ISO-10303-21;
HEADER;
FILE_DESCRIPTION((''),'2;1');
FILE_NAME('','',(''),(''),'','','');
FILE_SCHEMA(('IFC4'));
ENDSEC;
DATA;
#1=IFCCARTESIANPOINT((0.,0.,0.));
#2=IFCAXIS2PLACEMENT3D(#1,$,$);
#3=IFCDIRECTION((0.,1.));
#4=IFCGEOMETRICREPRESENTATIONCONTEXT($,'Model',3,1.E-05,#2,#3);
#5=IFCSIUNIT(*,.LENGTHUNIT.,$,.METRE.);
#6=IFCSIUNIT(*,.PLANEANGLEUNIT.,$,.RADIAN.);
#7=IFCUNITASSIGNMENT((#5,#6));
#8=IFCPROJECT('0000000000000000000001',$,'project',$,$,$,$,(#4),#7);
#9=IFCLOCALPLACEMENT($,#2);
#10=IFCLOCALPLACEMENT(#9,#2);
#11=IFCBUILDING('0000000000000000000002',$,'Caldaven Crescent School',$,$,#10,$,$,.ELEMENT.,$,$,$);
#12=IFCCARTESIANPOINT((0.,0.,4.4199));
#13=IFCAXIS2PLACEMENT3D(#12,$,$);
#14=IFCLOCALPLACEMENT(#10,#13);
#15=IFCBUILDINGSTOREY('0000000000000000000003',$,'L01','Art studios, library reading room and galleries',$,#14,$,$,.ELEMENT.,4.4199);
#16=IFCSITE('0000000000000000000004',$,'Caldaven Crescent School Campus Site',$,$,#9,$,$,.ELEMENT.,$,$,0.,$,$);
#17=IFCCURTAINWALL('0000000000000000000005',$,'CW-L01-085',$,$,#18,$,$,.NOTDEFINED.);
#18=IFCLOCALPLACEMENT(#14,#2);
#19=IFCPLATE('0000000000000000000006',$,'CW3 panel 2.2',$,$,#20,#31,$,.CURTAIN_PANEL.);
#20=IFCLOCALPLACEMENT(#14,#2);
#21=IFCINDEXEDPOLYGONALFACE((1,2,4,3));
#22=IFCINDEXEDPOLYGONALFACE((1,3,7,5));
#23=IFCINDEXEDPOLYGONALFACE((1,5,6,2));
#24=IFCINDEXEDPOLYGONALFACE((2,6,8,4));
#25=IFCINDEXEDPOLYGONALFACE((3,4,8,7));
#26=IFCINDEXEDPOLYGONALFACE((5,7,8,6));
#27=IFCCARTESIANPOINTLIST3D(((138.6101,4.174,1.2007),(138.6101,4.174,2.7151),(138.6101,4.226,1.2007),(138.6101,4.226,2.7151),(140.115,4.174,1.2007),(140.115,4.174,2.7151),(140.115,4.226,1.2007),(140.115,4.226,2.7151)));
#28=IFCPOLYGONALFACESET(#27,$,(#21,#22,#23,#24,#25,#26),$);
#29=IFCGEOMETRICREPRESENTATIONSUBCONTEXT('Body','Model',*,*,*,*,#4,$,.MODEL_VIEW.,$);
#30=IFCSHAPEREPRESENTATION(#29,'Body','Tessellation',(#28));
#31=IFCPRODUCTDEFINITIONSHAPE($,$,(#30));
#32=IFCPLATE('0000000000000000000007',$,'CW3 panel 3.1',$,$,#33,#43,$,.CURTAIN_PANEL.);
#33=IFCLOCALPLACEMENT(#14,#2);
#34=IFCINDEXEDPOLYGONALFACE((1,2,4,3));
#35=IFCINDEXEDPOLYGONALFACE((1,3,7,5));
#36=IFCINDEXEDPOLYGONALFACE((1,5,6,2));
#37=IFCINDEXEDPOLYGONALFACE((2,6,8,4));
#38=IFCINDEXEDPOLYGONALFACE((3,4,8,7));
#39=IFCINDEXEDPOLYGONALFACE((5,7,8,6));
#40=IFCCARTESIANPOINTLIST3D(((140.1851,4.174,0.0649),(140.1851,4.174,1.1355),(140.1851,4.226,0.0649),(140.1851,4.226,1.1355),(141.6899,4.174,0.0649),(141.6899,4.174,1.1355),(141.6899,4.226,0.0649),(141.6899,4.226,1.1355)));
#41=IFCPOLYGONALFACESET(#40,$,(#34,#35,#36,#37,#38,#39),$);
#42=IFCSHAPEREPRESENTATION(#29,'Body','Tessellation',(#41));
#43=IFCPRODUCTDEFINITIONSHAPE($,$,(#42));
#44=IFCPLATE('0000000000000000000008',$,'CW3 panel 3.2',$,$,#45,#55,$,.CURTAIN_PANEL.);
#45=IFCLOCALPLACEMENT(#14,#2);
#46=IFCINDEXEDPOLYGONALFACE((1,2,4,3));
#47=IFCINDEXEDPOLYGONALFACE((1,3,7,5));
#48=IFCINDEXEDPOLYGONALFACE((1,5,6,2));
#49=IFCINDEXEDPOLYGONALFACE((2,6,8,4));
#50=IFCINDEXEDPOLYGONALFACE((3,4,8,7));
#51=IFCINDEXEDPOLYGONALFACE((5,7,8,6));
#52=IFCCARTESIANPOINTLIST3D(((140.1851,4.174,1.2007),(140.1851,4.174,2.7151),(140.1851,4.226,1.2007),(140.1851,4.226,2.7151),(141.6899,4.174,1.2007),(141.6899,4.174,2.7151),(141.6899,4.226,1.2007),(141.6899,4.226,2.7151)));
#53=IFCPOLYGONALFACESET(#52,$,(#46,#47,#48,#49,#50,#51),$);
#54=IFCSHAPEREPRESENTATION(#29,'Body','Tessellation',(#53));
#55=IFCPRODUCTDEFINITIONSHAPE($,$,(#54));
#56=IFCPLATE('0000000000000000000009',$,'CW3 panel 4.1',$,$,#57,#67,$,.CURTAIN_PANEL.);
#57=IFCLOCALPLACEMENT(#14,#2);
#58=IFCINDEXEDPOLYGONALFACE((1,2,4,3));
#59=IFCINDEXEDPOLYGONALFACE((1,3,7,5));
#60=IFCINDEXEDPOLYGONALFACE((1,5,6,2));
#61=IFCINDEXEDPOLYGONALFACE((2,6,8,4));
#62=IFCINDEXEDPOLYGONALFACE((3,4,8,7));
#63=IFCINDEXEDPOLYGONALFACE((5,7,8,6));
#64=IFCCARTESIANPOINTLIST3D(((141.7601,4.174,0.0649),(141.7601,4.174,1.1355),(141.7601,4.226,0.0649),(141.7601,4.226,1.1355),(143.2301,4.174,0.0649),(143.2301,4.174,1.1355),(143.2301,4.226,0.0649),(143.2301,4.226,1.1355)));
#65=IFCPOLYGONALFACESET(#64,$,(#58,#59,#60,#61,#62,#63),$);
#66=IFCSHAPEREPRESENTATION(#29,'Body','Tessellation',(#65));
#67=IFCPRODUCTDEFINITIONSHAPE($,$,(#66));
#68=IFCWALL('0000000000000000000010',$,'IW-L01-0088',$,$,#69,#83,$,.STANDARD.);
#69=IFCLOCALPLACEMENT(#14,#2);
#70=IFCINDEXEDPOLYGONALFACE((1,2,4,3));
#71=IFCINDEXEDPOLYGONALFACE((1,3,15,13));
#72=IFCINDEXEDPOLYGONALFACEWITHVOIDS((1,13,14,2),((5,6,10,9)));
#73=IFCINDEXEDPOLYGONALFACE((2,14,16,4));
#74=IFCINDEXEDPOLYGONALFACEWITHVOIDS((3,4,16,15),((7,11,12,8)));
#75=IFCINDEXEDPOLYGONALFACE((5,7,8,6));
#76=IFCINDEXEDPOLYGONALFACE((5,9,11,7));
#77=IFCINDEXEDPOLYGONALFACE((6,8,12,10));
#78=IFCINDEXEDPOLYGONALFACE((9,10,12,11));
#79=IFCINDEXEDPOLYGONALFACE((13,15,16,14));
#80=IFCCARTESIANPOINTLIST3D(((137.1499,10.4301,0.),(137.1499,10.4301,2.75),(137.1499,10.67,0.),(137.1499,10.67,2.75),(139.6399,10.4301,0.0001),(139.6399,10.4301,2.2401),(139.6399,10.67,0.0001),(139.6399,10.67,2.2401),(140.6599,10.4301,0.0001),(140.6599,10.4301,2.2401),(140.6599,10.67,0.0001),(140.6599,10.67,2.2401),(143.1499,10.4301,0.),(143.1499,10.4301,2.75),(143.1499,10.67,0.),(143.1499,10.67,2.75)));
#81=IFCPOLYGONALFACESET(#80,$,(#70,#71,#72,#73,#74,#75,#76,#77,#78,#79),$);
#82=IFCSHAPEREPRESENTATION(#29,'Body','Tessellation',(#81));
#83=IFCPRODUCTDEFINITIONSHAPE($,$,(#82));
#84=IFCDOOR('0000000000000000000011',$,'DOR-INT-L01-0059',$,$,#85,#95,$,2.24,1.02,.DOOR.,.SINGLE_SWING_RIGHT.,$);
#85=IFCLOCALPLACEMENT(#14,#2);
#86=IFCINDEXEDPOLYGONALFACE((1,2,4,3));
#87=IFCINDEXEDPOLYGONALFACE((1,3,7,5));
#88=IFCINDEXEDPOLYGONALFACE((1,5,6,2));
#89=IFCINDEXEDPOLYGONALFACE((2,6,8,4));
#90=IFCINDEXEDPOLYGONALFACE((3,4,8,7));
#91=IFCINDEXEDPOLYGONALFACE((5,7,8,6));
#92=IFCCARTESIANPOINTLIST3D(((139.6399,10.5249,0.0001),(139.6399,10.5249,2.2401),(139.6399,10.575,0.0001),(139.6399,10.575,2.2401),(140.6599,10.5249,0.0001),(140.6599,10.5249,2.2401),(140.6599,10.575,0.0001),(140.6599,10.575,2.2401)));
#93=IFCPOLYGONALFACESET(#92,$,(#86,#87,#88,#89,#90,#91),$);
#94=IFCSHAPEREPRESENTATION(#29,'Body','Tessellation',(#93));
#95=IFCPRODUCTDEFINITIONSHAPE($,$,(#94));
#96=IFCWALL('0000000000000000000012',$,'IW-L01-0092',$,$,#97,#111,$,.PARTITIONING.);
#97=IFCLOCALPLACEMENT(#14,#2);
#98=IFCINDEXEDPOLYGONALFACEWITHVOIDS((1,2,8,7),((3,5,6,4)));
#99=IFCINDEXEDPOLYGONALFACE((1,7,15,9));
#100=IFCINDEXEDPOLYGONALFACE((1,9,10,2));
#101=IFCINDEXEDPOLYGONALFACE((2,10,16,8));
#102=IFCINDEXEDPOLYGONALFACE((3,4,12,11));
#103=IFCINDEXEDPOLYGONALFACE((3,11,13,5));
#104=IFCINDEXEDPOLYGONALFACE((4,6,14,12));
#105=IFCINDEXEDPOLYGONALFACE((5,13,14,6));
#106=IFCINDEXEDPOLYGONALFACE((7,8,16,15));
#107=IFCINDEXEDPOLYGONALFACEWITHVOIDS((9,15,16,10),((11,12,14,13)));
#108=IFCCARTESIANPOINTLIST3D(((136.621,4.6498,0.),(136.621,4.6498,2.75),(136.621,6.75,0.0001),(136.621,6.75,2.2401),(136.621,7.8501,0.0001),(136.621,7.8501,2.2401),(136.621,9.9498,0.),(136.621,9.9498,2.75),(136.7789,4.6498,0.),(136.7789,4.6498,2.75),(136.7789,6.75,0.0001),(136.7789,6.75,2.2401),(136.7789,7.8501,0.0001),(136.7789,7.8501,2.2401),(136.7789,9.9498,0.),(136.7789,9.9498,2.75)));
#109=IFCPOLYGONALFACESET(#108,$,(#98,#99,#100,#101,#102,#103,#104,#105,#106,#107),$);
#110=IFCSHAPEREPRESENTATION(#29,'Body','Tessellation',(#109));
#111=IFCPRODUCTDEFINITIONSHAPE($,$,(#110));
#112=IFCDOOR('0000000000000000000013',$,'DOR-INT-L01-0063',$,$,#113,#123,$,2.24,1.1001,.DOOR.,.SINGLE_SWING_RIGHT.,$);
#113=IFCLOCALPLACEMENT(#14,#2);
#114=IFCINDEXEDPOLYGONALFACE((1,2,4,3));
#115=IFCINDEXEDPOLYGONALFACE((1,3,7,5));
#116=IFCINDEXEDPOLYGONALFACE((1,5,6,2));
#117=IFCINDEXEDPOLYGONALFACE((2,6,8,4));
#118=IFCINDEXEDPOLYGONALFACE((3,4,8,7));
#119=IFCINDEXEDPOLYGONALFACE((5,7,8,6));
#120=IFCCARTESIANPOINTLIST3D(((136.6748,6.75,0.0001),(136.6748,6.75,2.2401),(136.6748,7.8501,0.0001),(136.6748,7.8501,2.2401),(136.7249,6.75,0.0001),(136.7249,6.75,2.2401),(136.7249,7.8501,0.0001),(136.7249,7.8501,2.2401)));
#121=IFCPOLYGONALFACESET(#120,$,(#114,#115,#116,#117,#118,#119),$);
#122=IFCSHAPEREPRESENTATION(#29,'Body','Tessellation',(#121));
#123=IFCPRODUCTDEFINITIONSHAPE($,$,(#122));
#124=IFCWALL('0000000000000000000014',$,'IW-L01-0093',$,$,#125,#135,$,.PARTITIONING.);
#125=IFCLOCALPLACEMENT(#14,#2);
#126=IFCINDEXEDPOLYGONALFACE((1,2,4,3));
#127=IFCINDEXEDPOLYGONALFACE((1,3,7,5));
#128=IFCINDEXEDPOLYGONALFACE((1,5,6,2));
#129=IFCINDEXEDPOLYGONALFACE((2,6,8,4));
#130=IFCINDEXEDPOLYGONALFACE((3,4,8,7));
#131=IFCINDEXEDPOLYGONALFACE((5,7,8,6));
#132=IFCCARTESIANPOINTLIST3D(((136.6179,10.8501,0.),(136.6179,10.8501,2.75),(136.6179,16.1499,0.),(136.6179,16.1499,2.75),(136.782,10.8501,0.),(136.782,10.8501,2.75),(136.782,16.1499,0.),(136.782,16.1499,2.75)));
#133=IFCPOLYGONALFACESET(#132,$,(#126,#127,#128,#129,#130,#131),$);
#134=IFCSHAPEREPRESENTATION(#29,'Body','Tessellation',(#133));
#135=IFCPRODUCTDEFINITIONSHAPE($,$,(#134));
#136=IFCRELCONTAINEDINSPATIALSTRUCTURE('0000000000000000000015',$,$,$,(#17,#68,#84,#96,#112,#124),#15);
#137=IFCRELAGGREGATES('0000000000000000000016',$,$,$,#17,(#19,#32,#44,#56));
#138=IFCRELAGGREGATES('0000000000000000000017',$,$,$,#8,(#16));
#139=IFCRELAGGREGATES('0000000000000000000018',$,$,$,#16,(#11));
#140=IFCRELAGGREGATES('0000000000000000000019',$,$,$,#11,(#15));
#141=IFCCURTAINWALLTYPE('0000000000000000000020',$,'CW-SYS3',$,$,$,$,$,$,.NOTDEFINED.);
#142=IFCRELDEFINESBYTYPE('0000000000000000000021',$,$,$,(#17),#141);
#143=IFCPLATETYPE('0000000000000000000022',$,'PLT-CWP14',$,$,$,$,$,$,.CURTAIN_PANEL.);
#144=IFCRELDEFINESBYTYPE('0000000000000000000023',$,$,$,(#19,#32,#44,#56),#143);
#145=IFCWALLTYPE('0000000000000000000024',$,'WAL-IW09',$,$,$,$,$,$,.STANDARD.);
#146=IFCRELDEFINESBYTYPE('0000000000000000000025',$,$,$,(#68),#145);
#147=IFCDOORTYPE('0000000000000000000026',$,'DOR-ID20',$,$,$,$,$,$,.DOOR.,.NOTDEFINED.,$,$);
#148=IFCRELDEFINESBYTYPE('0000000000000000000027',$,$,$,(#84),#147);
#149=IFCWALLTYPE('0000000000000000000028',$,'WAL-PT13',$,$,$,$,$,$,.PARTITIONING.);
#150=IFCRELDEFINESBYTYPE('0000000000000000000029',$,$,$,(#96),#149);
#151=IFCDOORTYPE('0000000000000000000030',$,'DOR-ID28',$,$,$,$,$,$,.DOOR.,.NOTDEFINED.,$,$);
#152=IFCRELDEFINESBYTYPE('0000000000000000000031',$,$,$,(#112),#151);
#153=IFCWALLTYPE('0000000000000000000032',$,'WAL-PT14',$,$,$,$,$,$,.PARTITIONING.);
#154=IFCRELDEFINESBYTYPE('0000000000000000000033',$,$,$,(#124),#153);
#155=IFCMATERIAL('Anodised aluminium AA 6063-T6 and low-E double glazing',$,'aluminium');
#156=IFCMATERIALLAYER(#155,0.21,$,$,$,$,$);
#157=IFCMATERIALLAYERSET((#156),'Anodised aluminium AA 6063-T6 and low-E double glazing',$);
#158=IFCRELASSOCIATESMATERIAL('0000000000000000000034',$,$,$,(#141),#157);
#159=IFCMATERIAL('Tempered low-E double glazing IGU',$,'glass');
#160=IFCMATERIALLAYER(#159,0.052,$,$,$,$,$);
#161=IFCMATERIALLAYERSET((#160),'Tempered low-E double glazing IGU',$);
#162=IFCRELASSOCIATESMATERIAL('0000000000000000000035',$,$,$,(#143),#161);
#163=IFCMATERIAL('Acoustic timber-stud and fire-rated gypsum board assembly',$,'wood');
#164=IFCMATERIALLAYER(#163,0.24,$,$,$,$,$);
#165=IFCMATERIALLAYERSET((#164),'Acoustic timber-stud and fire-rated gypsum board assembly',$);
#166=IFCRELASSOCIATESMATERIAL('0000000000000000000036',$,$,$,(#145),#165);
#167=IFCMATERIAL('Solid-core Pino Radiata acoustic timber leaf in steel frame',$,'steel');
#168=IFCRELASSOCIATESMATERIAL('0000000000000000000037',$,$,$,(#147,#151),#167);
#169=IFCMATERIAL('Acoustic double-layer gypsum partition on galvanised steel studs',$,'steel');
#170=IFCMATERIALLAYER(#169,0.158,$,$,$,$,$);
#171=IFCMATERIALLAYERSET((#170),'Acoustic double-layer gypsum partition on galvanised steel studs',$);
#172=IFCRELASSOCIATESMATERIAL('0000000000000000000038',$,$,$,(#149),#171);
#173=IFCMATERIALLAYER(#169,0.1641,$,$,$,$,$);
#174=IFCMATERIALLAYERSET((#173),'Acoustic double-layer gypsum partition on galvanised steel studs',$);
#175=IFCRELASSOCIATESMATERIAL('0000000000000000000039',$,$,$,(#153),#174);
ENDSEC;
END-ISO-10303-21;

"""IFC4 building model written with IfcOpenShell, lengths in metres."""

from ifc_helpers import new_model, si_unit, direction, frame, frame_2d, origin, origin_2d, place, context, subcontext, project, spatial, rectangle, extrude, material, layer, layer_set, type_object, element, fill, aggregate, save


model = new_model("IFC4")

# Units and contexts
model_context = context("Model", 3, precision=1e-05, world=origin(), true_north=direction((0.0, 1.0)))
body_context = subcontext(model_context, "Body", "Model", "MODEL_VIEW")
ifc_project = project(units=[si_unit("LENGTHUNIT", "METRE"), si_unit("PLANEANGLEUNIT", "RADIAN")], contexts=[model_context])

# Site, building, storey
site_placement = place(None, origin())
site = spatial("IfcSite", under=ifc_project, at=site_placement, Name="Caldaven Crescent School Campus Site", CompositionType="ELEMENT", RefElevation=0.0)
building_placement = place(site_placement, origin())
building = spatial("IfcBuilding", under=site, at=building_placement, Name="Caldaven Crescent School", CompositionType="ELEMENT")
storey_placement = place(building_placement, frame((0.0, 0.0, 4.4199)))
storey = spatial("IfcBuildingStorey", under=building, at=storey_placement, Name="L01", Description="Art studios, library reading room and galleries", CompositionType="ELEMENT", Elevation=4.4199)

# Curtain wall
ifc_material_1 = material(Name="Anodised aluminium AA 6063-T6 and low-E double glazing", Category="aluminium")
ifc_layer_1 = layer(ifc_material_1, 0.21)
ifc_layer_set_1 = layer_set([ifc_layer_1], Name="Anodised aluminium AA 6063-T6 and low-E double glazing")
curtain_wall_type = type_object("IfcCurtainWallType", Name="CW-SYS3", PredefinedType="NOTDEFINED", material=ifc_layer_set_1)
curtain_wall_placement = place(storey_placement, origin())
curtain_wall = element("IfcCurtainWall", 1, at=curtain_wall_placement, inside=storey, type_object=curtain_wall_type, Name="CW-L01-085", PredefinedType="NOTDEFINED")

# Plates
ifc_material_2 = material(Name="Tempered low-E double glazing IGU", Category="glass")
ifc_layer_2 = layer(ifc_material_2, 0.052)
ifc_layer_set_2 = layer_set([ifc_layer_2], Name="Tempered low-E double glazing IGU")
plate_type = type_object("IfcPlateType", Name="PLT-CWP14", PredefinedType="CURTAIN_PANEL", material=ifc_layer_set_2)
plate_1_placement = place(storey_placement, frame((139.3625, 4.2, 1.2007), z_axis=(0.0, 0.0, 1.0), x_axis=(1.0, 0.0, 0.0)))
plate_1 = element("IfcPlate", 2, at=plate_1_placement, type_object=plate_type, Name="CW3 panel 2.2", PredefinedType="CURTAIN_PANEL", context=body_context, shape_type="SweptSolid", body=[
    extrude(rectangle(XDim=1.5049, YDim=0.052, at=origin_2d()), origin(), (0.0, 0.0, 1.0), 1.5144),
])
plate_2_placement = place(storey_placement, frame((140.9375, 4.2, 0.0649), z_axis=(0.0, 0.0, 1.0), x_axis=(1.0, 0.0, 0.0)))
plate_2 = element("IfcPlate", 3, at=plate_2_placement, type_object=plate_type, Name="CW3 panel 3.1", PredefinedType="CURTAIN_PANEL", context=body_context, shape_type="SweptSolid", body=[
    extrude(rectangle(XDim=1.5049, YDim=0.052, at=origin_2d()), origin(), (0.0, 0.0, 1.0), 1.0706),
])
plate_3_placement = place(storey_placement, frame((140.9375, 4.2, 1.2007), z_axis=(0.0, 0.0, 1.0), x_axis=(1.0, 0.0, 0.0)))
plate_3 = element("IfcPlate", 4, at=plate_3_placement, type_object=plate_type, Name="CW3 panel 3.2", PredefinedType="CURTAIN_PANEL", context=body_context, shape_type="SweptSolid", body=[
    extrude(rectangle(XDim=1.5049, YDim=0.052, at=origin_2d()), origin(), (0.0, 0.0, 1.0), 1.5144),
])
plate_4_placement = place(storey_placement, frame((142.4951, 4.2, 0.0649), z_axis=(0.0, 0.0, 1.0), x_axis=(1.0, 0.0, 0.0)))
plate_4 = element("IfcPlate", 5, at=plate_4_placement, type_object=plate_type, Name="CW3 panel 4.1", PredefinedType="CURTAIN_PANEL", context=body_context, shape_type="SweptSolid", body=[
    extrude(rectangle(XDim=1.47, YDim=0.052, at=origin_2d()), origin(), (0.0, 0.0, 1.0), 1.0706),
])
aggregate(curtain_wall, [plate_1, plate_2, plate_3, plate_4])

# Walls, openings, doors
ifc_material_3 = material(Name="Acoustic timber-stud and fire-rated gypsum board assembly", Category="wood")
ifc_layer_3 = layer(ifc_material_3, 0.24)
ifc_layer_set_3 = layer_set([ifc_layer_3], Name="Acoustic timber-stud and fire-rated gypsum board assembly")
wall_type_1 = type_object("IfcWallType", Name="WAL-IW09", PredefinedType="STANDARD", material=ifc_layer_set_3)
wall_1_placement = place(storey_placement, frame((137.1499, 10.55, 0.0), z_axis=(0.0, 0.0, 1.0), x_axis=(1.0, 0.0, 0.0)))
wall_1 = element("IfcWall", 6, at=wall_1_placement, inside=storey, type_object=wall_type_1, Name="IW-L01-0088", PredefinedType="STANDARD", context=body_context, shape_type="SweptSolid", body=[
    extrude(rectangle(XDim=6.0, YDim=0.24, at=frame_2d((3.0, 0.0))), origin(), (0.0, 0.0, 1.0), 2.75),
])
opening_1_placement = place(wall_1_placement, frame((2.49, 0.0, 0.0)))
opening_1 = element("IfcOpeningElement", 7, at=opening_1_placement, cuts=wall_1, PredefinedType="OPENING", context=body_context, shape_type="SweptSolid", body=[
    extrude(rectangle(XDim=1.02, YDim=2.24, at=frame_2d((0.51, 1.1201))), frame((0.0, 0.1299, 0.0), z_axis=(0.0, -1.0, 0.0), x_axis=(1.0, 0.0, 0.0)), (0.0, 0.0, 1.0), 0.26),
])
ifc_material_4 = material(Name="Solid-core Pino Radiata acoustic timber leaf in steel frame", Category="steel")
door_type_1 = type_object("IfcDoorType", Name="DOR-ID20", OperationType="NOTDEFINED", PredefinedType="DOOR", material=ifc_material_4)
door_1_placement = place(opening_1_placement, origin())
door_1 = element("IfcDoor", 8, at=door_1_placement, inside=storey, type_object=door_type_1, Name="DOR-INT-L01-0059", OperationType="SINGLE_SWING_RIGHT", OverallHeight=2.24, OverallWidth=1.02, PredefinedType="DOOR", context=body_context, shape_type="SweptSolid", body=[
    extrude(rectangle(XDim=1.02, YDim=2.24, at=frame_2d((0.51, 1.1201))), frame((0.0, 0.0249, 0.0), z_axis=(0.0, -1.0, 0.0), x_axis=(1.0, 0.0, 0.0)), (0.0, 0.0, 1.0), 0.05),
])
fill(opening_1, door_1)
ifc_material_5 = material(Name="Acoustic double-layer gypsum partition on galvanised steel studs", Category="steel")
ifc_layer_4 = layer(ifc_material_5, 0.158)
ifc_layer_set_4 = layer_set([ifc_layer_4], Name="Acoustic double-layer gypsum partition on galvanised steel studs")
wall_type_2 = type_object("IfcWallType", Name="WAL-PT13", PredefinedType="PARTITIONING", material=ifc_layer_set_4)
wall_2_placement = place(storey_placement, frame((136.7, 4.6499, 0.0), z_axis=(0.0, 0.0, 1.0), x_axis=(0.0, 1.0, 0.0)))
wall_2 = element("IfcWall", 9, at=wall_2_placement, inside=storey, type_object=wall_type_2, Name="IW-L01-0092", PredefinedType="PARTITIONING", context=body_context, shape_type="SweptSolid", body=[
    extrude(rectangle(XDim=5.3, YDim=0.158, at=frame_2d((2.6499, 0.0))), origin(), (0.0, 0.0, 1.0), 2.75),
])
opening_2_placement = place(wall_2_placement, frame((2.1001, 0.0, 0.0)))
opening_2 = element("IfcOpeningElement", 10, at=opening_2_placement, cuts=wall_2, PredefinedType="OPENING", context=body_context, shape_type="SweptSolid", body=[
    extrude(rectangle(XDim=1.1001, YDim=2.24, at=frame_2d((0.55, 1.1201))), frame((0.0, 0.0889, 0.0), z_axis=(0.0, -1.0, 0.0), x_axis=(1.0, 0.0, 0.0)), (0.0, 0.0, 1.0), 0.178),
])
door_type_2 = type_object("IfcDoorType", Name="DOR-ID28", OperationType="NOTDEFINED", PredefinedType="DOOR", material=ifc_material_4)
door_2_placement = place(opening_2_placement, frame((1.1001, 0.0, 0.0), z_axis=(0.0, 0.0, 1.0), x_axis=(-1.0, 0.0, 0.0)))
door_2 = element("IfcDoor", 11, at=door_2_placement, inside=storey, type_object=door_type_2, Name="DOR-INT-L01-0063", OperationType="SINGLE_SWING_RIGHT", OverallHeight=2.24, OverallWidth=1.1001, PredefinedType="DOOR", context=body_context, shape_type="SweptSolid", body=[
    extrude(rectangle(XDim=1.1001, YDim=2.24, at=frame_2d((0.55, 1.1201))), frame((0.0, 0.0249, 0.0), z_axis=(0.0, -1.0, 0.0), x_axis=(1.0, 0.0, 0.0)), (0.0, 0.0, 1.0), 0.05),
])
fill(opening_2, door_2)

# Wall
ifc_layer_5 = layer(ifc_material_5, 0.1641)
ifc_layer_set_5 = layer_set([ifc_layer_5], Name="Acoustic double-layer gypsum partition on galvanised steel studs")
wall_type_3 = type_object("IfcWallType", Name="WAL-PT14", PredefinedType="PARTITIONING", material=ifc_layer_set_5)
wall_3_placement = place(storey_placement, frame((136.7, 10.8501, 0.0), z_axis=(0.0, 0.0, 1.0), x_axis=(0.0, 1.0, 0.0)))
element("IfcWall", 12, at=wall_3_placement, inside=storey, type_object=wall_type_3, Name="IW-L01-0093", PredefinedType="PARTITIONING", context=body_context, shape_type="SweptSolid", body=[
    extrude(rectangle(XDim=5.2998, YDim=0.1641, at=frame_2d((2.6499, 0.0))), origin(), (0.0, 0.0, 1.0), 2.75),
])

save(model, "model.ifc")
